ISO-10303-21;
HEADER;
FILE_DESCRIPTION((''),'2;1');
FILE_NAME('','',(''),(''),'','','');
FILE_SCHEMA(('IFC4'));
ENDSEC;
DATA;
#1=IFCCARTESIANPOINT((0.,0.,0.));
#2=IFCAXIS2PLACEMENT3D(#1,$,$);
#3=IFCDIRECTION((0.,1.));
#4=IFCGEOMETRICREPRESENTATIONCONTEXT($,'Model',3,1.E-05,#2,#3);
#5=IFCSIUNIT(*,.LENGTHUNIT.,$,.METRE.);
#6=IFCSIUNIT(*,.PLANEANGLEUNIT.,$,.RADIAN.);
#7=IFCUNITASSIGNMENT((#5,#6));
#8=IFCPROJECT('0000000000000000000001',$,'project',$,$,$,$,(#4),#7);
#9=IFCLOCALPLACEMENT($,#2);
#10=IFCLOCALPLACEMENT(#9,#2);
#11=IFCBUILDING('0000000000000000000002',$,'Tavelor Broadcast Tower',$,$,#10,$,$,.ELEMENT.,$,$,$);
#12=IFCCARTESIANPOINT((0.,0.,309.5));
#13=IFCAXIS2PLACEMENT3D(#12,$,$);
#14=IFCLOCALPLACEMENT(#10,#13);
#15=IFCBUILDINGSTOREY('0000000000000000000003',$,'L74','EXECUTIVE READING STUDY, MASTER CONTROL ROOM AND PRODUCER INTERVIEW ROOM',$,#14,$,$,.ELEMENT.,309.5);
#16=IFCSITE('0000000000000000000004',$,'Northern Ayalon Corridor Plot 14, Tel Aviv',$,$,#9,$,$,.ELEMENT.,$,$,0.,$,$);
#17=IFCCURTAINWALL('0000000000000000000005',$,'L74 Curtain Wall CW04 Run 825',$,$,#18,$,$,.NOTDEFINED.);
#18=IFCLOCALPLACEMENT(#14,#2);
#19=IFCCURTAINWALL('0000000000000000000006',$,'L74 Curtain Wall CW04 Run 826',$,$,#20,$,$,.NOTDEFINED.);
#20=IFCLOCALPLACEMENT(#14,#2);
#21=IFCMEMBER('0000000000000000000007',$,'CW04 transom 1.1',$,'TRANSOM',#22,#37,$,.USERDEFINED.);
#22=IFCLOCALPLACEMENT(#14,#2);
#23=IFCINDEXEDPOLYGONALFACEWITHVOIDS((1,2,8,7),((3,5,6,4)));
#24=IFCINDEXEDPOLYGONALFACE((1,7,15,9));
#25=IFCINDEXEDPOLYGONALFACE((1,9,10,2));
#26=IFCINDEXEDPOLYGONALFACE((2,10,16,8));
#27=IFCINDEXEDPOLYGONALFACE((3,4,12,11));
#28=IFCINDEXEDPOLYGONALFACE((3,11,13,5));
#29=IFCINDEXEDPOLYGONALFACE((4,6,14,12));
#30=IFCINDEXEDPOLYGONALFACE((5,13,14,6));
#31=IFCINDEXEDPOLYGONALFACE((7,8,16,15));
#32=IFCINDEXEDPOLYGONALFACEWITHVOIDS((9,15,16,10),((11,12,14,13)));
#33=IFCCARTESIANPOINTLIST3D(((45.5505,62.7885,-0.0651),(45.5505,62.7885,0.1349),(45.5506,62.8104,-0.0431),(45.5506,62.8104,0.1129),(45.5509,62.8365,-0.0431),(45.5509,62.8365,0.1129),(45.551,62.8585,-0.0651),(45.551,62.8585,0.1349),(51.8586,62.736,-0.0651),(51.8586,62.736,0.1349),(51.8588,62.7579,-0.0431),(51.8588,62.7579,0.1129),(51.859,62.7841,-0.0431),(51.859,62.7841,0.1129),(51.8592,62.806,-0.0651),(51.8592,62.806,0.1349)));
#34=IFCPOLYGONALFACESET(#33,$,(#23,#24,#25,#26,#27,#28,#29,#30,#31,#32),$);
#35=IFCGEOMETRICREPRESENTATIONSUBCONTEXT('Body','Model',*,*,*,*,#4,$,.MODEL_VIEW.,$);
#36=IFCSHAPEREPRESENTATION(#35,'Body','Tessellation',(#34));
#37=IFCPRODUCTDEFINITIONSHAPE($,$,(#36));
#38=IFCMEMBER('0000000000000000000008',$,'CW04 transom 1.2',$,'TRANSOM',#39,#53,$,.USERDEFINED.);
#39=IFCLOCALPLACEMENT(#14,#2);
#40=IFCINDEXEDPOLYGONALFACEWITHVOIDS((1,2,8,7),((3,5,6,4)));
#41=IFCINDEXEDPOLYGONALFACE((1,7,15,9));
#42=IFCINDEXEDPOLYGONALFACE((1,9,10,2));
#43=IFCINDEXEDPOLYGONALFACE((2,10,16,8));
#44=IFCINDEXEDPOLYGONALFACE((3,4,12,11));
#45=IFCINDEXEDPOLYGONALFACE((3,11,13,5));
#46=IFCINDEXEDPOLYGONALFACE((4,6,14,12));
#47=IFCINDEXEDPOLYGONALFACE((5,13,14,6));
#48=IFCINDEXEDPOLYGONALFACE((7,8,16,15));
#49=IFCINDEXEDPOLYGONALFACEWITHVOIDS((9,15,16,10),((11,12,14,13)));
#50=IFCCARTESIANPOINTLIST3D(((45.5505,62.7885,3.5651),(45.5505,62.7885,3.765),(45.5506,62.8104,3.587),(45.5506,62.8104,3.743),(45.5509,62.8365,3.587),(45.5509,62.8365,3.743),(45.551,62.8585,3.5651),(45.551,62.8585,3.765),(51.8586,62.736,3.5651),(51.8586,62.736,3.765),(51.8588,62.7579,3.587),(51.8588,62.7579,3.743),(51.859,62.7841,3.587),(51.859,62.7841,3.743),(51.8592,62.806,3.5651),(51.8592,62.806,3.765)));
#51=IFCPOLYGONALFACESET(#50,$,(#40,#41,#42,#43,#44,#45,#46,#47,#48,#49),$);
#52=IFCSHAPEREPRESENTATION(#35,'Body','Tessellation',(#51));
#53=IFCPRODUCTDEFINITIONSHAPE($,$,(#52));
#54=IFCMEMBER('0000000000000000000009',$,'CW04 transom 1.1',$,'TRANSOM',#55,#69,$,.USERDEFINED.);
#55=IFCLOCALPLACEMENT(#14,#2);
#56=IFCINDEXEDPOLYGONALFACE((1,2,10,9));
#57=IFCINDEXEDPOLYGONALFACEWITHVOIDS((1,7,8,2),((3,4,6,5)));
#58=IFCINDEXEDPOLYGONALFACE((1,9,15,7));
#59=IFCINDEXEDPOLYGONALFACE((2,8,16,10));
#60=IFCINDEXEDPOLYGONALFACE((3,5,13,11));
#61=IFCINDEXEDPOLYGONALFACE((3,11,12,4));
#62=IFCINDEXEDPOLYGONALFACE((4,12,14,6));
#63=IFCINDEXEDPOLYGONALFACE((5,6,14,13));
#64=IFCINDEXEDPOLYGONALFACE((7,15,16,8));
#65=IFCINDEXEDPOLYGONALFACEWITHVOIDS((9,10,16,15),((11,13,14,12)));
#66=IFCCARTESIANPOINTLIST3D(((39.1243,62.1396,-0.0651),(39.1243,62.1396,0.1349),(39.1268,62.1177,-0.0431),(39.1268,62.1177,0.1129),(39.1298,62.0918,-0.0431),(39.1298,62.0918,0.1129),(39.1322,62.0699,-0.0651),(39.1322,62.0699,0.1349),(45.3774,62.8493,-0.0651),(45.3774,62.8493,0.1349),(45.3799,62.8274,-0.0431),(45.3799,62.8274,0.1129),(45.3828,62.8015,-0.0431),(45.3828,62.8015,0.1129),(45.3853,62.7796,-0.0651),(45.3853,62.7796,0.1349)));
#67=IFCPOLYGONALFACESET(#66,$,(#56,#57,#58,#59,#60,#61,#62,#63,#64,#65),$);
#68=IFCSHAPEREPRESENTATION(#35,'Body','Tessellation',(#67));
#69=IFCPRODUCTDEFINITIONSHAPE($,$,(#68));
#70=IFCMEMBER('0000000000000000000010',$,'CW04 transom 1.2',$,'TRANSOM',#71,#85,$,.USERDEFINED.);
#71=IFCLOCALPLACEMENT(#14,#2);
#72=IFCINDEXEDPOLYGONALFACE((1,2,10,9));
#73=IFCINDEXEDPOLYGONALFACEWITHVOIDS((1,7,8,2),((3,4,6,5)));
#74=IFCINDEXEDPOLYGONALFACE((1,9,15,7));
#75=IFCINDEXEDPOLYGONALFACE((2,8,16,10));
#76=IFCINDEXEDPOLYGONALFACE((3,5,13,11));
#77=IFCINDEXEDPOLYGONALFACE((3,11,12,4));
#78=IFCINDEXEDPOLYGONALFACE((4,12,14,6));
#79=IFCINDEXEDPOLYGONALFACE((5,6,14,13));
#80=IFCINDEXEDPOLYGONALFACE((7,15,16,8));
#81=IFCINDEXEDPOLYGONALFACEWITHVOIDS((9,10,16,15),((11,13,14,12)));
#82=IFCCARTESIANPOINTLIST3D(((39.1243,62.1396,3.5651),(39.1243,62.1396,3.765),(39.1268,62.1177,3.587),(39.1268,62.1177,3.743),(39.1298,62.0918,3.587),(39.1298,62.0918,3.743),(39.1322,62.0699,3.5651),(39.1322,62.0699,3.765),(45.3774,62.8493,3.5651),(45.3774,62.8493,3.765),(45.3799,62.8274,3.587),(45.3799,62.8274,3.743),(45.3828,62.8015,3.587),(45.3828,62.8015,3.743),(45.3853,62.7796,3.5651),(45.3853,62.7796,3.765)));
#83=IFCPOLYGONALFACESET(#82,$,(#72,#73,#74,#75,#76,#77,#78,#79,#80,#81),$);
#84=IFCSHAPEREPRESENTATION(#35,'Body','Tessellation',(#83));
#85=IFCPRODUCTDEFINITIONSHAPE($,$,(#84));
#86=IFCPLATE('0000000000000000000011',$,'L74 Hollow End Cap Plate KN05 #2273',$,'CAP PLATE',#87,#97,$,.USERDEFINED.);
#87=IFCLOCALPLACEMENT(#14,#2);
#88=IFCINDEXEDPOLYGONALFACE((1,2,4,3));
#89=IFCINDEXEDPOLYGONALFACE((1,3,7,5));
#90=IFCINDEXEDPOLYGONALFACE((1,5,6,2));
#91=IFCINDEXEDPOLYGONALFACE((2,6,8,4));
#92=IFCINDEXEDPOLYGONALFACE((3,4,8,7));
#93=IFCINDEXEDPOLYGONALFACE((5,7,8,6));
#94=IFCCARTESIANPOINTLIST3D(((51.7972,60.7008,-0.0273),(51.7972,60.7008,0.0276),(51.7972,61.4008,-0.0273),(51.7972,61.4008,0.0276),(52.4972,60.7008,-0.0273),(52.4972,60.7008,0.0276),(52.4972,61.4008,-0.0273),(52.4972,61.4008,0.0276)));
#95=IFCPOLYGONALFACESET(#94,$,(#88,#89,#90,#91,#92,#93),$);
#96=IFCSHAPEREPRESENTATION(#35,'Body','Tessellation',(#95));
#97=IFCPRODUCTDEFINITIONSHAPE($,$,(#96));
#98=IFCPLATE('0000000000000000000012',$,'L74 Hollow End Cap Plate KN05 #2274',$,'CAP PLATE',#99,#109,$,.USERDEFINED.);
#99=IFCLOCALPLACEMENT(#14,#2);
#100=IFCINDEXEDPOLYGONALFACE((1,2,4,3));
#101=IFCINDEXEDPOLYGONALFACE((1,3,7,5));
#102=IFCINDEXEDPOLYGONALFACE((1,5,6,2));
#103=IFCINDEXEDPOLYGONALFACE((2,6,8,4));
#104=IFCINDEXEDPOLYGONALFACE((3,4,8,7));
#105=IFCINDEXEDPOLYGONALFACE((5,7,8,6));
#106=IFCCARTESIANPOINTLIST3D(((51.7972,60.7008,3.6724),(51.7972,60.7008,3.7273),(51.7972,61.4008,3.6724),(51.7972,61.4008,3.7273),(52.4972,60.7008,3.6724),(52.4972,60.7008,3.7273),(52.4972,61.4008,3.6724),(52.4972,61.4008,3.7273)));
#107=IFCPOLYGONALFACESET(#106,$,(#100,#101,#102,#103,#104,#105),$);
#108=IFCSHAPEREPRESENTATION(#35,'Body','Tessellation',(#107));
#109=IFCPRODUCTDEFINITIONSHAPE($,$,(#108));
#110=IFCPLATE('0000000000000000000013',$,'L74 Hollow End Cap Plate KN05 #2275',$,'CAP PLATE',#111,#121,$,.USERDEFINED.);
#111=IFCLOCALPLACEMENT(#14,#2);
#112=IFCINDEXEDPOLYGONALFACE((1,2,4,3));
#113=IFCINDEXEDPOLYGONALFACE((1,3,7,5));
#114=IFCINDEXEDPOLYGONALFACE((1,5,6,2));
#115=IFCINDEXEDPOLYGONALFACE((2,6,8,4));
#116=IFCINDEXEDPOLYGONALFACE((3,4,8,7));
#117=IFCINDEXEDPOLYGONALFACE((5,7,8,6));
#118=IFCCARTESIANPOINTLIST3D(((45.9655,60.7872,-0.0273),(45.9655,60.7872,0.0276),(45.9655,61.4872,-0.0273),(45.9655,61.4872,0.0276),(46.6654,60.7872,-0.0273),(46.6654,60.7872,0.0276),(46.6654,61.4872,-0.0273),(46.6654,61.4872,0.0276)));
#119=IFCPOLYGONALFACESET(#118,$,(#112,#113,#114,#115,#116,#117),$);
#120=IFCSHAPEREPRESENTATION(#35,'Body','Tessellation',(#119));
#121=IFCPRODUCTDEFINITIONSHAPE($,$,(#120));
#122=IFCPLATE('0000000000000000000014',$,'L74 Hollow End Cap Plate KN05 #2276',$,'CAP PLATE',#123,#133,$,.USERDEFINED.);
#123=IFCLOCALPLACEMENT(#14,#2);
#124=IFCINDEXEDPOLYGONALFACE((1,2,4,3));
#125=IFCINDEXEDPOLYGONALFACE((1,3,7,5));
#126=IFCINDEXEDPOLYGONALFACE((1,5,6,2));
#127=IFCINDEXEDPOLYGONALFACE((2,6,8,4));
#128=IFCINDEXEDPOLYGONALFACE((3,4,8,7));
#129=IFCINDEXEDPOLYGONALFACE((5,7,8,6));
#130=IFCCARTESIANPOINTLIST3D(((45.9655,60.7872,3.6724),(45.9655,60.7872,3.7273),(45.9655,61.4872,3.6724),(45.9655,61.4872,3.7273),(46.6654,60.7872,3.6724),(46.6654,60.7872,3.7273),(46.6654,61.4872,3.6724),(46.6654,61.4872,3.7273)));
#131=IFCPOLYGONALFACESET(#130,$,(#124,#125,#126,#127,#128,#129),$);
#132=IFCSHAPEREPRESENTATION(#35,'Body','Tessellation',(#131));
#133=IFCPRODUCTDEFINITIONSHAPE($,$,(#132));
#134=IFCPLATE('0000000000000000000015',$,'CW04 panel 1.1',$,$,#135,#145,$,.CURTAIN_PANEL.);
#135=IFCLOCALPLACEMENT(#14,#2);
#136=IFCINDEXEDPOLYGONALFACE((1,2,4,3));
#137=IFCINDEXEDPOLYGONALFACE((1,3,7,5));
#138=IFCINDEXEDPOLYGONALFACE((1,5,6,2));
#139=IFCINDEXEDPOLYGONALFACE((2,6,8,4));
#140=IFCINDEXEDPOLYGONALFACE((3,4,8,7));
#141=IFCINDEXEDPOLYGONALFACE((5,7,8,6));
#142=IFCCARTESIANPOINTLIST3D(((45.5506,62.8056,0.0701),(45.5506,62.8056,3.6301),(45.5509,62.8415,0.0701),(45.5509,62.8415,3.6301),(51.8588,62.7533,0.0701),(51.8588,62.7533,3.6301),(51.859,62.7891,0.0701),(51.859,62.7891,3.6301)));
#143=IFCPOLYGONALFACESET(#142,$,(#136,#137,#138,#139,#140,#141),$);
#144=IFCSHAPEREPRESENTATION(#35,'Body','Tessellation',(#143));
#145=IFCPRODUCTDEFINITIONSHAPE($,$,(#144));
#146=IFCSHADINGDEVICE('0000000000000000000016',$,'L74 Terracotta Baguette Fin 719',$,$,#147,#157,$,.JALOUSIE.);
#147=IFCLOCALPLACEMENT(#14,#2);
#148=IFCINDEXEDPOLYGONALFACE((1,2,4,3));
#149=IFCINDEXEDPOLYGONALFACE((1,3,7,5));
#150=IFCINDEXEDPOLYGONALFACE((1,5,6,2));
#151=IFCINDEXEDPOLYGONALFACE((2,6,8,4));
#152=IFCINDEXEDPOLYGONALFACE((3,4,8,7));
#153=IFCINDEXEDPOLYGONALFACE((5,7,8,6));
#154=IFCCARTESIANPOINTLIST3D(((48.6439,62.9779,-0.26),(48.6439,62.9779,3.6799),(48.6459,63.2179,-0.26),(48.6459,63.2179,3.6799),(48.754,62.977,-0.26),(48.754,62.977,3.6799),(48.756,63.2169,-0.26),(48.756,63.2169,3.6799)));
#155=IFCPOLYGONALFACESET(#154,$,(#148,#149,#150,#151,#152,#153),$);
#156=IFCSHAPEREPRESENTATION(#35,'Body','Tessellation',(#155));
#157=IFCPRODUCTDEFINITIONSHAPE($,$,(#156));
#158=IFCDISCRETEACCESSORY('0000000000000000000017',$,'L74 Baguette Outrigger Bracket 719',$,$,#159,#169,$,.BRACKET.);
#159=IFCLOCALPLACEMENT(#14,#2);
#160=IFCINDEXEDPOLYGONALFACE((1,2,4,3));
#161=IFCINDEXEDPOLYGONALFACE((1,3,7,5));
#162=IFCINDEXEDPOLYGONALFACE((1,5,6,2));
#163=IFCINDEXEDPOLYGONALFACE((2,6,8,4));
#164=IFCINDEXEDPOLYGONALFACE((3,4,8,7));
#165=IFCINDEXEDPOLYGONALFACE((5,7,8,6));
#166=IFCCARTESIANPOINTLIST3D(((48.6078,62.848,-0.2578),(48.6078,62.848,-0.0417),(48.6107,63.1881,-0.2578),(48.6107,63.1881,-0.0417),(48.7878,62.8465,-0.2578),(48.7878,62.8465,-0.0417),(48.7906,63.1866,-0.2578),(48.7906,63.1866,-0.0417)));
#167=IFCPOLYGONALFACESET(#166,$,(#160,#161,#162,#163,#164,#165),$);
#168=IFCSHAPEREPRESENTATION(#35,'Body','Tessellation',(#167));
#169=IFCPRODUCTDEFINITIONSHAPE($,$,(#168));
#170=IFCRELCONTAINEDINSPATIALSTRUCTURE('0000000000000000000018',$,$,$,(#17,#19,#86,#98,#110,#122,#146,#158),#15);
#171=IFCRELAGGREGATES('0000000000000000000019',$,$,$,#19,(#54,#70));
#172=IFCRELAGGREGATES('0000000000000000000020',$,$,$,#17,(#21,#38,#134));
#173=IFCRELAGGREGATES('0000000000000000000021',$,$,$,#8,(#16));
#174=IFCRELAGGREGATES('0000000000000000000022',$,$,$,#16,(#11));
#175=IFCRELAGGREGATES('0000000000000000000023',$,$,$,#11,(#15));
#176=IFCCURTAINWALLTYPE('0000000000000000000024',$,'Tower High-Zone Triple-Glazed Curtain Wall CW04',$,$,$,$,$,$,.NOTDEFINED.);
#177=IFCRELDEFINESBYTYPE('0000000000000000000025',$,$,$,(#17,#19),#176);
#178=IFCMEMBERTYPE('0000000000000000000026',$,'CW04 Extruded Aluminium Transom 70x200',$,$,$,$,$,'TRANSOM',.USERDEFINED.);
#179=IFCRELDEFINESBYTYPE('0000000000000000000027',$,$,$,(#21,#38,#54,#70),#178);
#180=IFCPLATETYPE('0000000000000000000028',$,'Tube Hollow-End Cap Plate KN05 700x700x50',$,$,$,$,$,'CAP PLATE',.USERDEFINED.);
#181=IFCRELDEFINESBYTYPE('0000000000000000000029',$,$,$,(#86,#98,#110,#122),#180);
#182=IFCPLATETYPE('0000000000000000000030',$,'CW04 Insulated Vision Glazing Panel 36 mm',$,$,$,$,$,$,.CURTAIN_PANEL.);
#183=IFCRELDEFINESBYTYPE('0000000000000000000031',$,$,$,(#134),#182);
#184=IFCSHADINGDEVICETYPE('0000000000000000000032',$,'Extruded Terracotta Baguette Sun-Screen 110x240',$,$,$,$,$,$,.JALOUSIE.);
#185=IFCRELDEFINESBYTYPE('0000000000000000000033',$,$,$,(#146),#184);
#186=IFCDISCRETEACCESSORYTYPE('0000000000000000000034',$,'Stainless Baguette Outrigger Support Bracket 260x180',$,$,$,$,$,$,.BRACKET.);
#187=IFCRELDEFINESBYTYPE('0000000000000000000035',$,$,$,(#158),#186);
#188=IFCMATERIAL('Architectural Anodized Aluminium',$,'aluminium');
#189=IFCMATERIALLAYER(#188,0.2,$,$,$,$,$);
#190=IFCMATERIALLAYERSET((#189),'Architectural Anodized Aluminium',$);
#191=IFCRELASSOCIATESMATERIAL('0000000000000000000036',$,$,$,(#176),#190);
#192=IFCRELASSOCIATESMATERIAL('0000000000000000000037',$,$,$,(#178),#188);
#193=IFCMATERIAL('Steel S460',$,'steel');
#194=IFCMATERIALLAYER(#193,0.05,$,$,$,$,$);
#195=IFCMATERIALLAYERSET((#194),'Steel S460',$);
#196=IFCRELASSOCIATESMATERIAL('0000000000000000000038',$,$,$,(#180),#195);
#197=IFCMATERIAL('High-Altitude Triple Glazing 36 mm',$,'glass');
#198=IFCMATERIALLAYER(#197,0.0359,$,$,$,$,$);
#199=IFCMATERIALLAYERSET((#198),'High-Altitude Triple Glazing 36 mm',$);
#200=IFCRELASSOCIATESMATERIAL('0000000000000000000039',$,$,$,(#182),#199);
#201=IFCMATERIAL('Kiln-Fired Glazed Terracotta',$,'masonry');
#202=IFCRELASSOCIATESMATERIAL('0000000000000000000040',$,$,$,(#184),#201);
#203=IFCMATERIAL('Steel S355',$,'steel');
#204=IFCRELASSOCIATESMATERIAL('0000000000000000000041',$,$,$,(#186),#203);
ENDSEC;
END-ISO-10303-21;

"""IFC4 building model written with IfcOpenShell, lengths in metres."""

from ifc_helpers import new_model, si_unit, direction, frame, origin, origin_2d, place, context, subcontext, project, spatial, rectangle, hollow_rectangle, extrude, source, transform, mapped, material, layer, layer_set, material_profile, profile_set, type_object, type_shapes, element, aggregate, save


model = new_model("IFC4")

# Units and contexts
model_context = context("Model", 3, precision=1e-05, world=origin(), true_north=direction((0.0, 1.0)))
body_context = subcontext(model_context, "Body", "Model", "MODEL_VIEW")
ifc_project = project(units=[si_unit("LENGTHUNIT", "METRE"), si_unit("PLANEANGLEUNIT", "RADIAN")], contexts=[model_context])

# Site, building, storey
site_placement = place(None, origin())
site = spatial("IfcSite", under=ifc_project, at=site_placement, Name="Northern Ayalon Corridor Plot 14, Tel Aviv", CompositionType="ELEMENT", RefElevation=0.0)
building_placement = place(site_placement, origin())
building = spatial("IfcBuilding", under=site, at=building_placement, Name="Tavelor Broadcast Tower", CompositionType="ELEMENT")
storey_placement = place(building_placement, frame((0.0, 0.0, 309.5)))
storey = spatial("IfcBuildingStorey", under=building, at=storey_placement, Name="L74", Description="EXECUTIVE READING STUDY, MASTER CONTROL ROOM AND PRODUCER INTERVIEW ROOM", CompositionType="ELEMENT", Elevation=309.5)

# Shared definitions
ifc_material_1 = material(Name="Steel S460", Category="steel")

# Shared definitions
ifc_material_2 = material(Name="Steel S355", Category="steel")

# Curtain wall
ifc_material_3 = material(Name="Architectural Anodized Aluminium", Category="aluminium")
ifc_layer_1 = layer(ifc_material_3, 0.2)
ifc_layer_set_1 = layer_set([ifc_layer_1], Name="Architectural Anodized Aluminium")
curtain_wall_type = type_object("IfcCurtainWallType", Name="Tower High-Zone Triple-Glazed Curtain Wall CW04", PredefinedType="NOTDEFINED", material=ifc_layer_set_1)
curtain_wall_1_placement = place(storey_placement, origin())
curtain_wall_1 = element("IfcCurtainWall", 1, at=curtain_wall_1_placement, inside=storey, type_object=curtain_wall_type, Name="L74 Curtain Wall CW04 Run 825", PredefinedType="NOTDEFINED")

# Curtain wall
curtain_wall_2_placement = place(storey_placement, origin())
curtain_wall_2 = element("IfcCurtainWall", 2, at=curtain_wall_2_placement, inside=storey, type_object=curtain_wall_type, Name="L74 Curtain Wall CW04 Run 826", PredefinedType="NOTDEFINED")

# Members
ifc_material_profile_1 = material_profile(ifc_material_3, hollow_rectangle(XDim=0.0701, YDim=0.2, WallThickness=0.022, at=origin_2d()), Name="RHS 70x200x22")
ifc_profile_set_1 = profile_set([ifc_material_profile_1], Name="Architectural Anodized Aluminium")
member_type_1 = type_object("IfcMemberType", Name="CW04 Extruded Aluminium Transom 70x200", ElementType="TRANSOM", PredefinedType="USERDEFINED", material=ifc_profile_set_1)
shared_shape_1 = source(origin(), body_context, "Body", "SweptSolid", [
    extrude(hollow_rectangle(XDim=0.0701, YDim=0.2, WallThickness=0.022, at=origin_2d()), origin(), (0.0, 0.0, 1.0), 6.3083),
])
member_1_placement = place(storey_placement, frame((51.8589, 62.771, 0.0349), z_axis=(-0.999965, 0.008321, 0.0), x_axis=(-0.008321, -0.999965, 0.0)))
member_1 = element("IfcMember", 3, at=member_1_placement, type_object=member_type_1, Name="CW04 transom 1.1", ObjectType="TRANSOM", PredefinedType="USERDEFINED", context=body_context, shape_type="MappedRepresentation", body=[
    mapped(shared_shape_1, transform((0.0, 0.0, 0.0), scale=1.0)),
])
member_2_placement = place(storey_placement, frame((51.8589, 62.771, 3.665), z_axis=(-0.999965, 0.008321, 0.0), x_axis=(-0.008321, -0.999965, 0.0)))
member_2 = element("IfcMember", 4, at=member_2_placement, type_object=member_type_1, Name="CW04 transom 1.2", ObjectType="TRANSOM", PredefinedType="USERDEFINED", context=body_context, shape_type="MappedRepresentation", body=[
    mapped(shared_shape_1, transform((0.0, 0.0, 0.0), scale=1.0)),
])
shared_shape_2 = source(origin(), body_context, "Body", "SweptSolid", [
    extrude(hollow_rectangle(XDim=0.0701, YDim=0.2, WallThickness=0.022, at=origin_2d()), origin(), (0.0, 0.0, 1.0), 6.2932),
])
type_shapes(member_type_1, [shared_shape_1, shared_shape_2])
member_3_placement = place(storey_placement, frame((45.3813, 62.8145, 0.0349), z_axis=(-0.993621, -0.112773, 0.0), x_axis=(0.112773, -0.993621, 0.0)))
member_3 = element("IfcMember", 5, at=member_3_placement, type_object=member_type_1, Name="CW04 transom 1.1", ObjectType="TRANSOM", PredefinedType="USERDEFINED", context=body_context, shape_type="MappedRepresentation", body=[
    mapped(shared_shape_2, transform((0.0, 0.0, 0.0), scale=1.0)),
])
member_4_placement = place(storey_placement, frame((45.3813, 62.8145, 3.665), z_axis=(-0.993621, -0.112773, 0.0), x_axis=(0.112773, -0.993621, 0.0)))
member_4 = element("IfcMember", 6, at=member_4_placement, type_object=member_type_1, Name="CW04 transom 1.2", ObjectType="TRANSOM", PredefinedType="USERDEFINED", context=body_context, shape_type="MappedRepresentation", body=[
    mapped(shared_shape_2, transform((0.0, 0.0, 0.0), scale=1.0)),
])
aggregate(curtain_wall_2, [member_3, member_4])

# Plates
ifc_layer_2 = layer(ifc_material_1, 0.05)
ifc_layer_set_2 = layer_set([ifc_layer_2], Name="Steel S460")
plate_type_1 = type_object("IfcPlateType", Name="Tube Hollow-End Cap Plate KN05 700x700x50", ElementType="CAP PLATE", PredefinedType="USERDEFINED", material=ifc_layer_set_2)
shared_shape_3 = source(origin(), body_context, "Body", "SweptSolid", [
    extrude(rectangle(XDim=0.7, YDim=0.7, at=origin_2d()), origin(), (0.0, 0.0, 1.0), 0.0549),
])
type_shapes(plate_type_1, [shared_shape_3])
for number, where, z_axis, x_axis, name in (
    (7, (52.1472, 61.0508, -0.0273), (0.0, 0.0, 1.0), (1.0, 0.0, 0.0), "L74 Hollow End Cap Plate KN05 #2273"),
    (8, (52.1472, 61.0508, 3.6724), (0.0, 0.0, 1.0), (1.0, 0.0, 0.0), "L74 Hollow End Cap Plate KN05 #2274"),
    (9, (46.3154, 61.1372, -0.0273), (0.0, 0.0, 1.0), (1.0, 0.0, 0.0), "L74 Hollow End Cap Plate KN05 #2275"),
    (10, (46.3154, 61.1372, 3.6724), (0.0, 0.0, 1.0), (1.0, 0.0, 0.0), "L74 Hollow End Cap Plate KN05 #2276"),
):
    element("IfcPlate", number, at=place(storey_placement, frame(where, z_axis=z_axis, x_axis=x_axis)), inside=storey, type_object=plate_type_1, Name=name, ObjectType="CAP PLATE", PredefinedType="USERDEFINED", context=body_context, shape_type="MappedRepresentation", body=[
        mapped(shared_shape_3, transform((0.0, 0.0, 0.0), scale=1.0)),
    ])

# Plate
ifc_material_4 = material(Name="High-Altitude Triple Glazing 36 mm", Category="glass")
ifc_layer_3 = layer(ifc_material_4, 0.0359)
ifc_layer_set_3 = layer_set([ifc_layer_3], Name="High-Altitude Triple Glazing 36 mm")
plate_type_2 = type_object("IfcPlateType", Name="CW04 Insulated Vision Glazing Panel 36 mm", PredefinedType="CURTAIN_PANEL", material=ifc_layer_set_3)
shared_shape_4 = source(origin(), body_context, "Body", "SweptSolid", [
    extrude(rectangle(XDim=6.3083, YDim=0.0359, at=origin_2d()), origin(), (0.0, 0.0, 1.0), 3.5601),
])
type_shapes(plate_type_2, [shared_shape_4])
plate_placement = place(storey_placement, frame((48.7048, 62.7974, 0.0701), z_axis=(0.0, 0.0, 1.0), x_axis=(-0.999966, 0.008297, 0.0)))
plate = element("IfcPlate", 11, at=plate_placement, type_object=plate_type_2, Name="CW04 panel 1.1", PredefinedType="CURTAIN_PANEL", context=body_context, shape_type="MappedRepresentation", body=[
    mapped(shared_shape_4, transform((0.0, 0.0, 0.0), scale=1.0)),
])
aggregate(curtain_wall_1, [member_1, member_2, plate])

# Shading device
ifc_material_5 = material(Name="Kiln-Fired Glazed Terracotta", Category="masonry")
shading_device_type = type_object("IfcShadingDeviceType", Name="Extruded Terracotta Baguette Sun-Screen 110x240", PredefinedType="JALOUSIE", material=ifc_material_5)
shared_shape_5 = source(origin(), body_context, "Body", "SweptSolid", [
    extrude(rectangle(XDim=0.1101, YDim=0.24, at=origin_2d()), origin(), (0.0, 0.0, 1.0), 3.9399),
])
type_shapes(shading_device_type, [shared_shape_5])
shading_device_placement = place(storey_placement, frame((48.7, 63.0974, -0.26), z_axis=(0.0, 0.0, 1.0), x_axis=(-0.999965, 0.008377, 0.0)))
element("IfcShadingDevice", 12, at=shading_device_placement, inside=storey, type_object=shading_device_type, Name="L74 Terracotta Baguette Fin 719", PredefinedType="JALOUSIE", context=body_context, shape_type="MappedRepresentation", body=[
    mapped(shared_shape_5, transform((0.0, 0.0, 0.0), scale=1.0)),
])

# Discrete accessory
discrete_accessory_type = type_object("IfcDiscreteAccessoryType", Name="Stainless Baguette Outrigger Support Bracket 260x180", PredefinedType="BRACKET", material=ifc_material_2)
shared_shape_6 = source(origin(), body_context, "Body", "SweptSolid", [
    extrude(rectangle(XDim=0.1799, YDim=0.3401, at=origin_2d()), origin(), (0.0, 0.0, 1.0), 0.2161),
])
type_shapes(discrete_accessory_type, [shared_shape_6])
discrete_accessory_placement = place(storey_placement, frame((48.6992, 63.0173, -0.2578), z_axis=(0.0, 0.0, 1.0), x_axis=(-0.999965, 0.008377, 0.0)))
element("IfcDiscreteAccessory", 13, at=discrete_accessory_placement, inside=storey, type_object=discrete_accessory_type, Name="L74 Baguette Outrigger Bracket 719", PredefinedType="BRACKET", context=body_context, shape_type="MappedRepresentation", body=[
    mapped(shared_shape_6, transform((0.0, 0.0, 0.0), scale=1.0)),
])

save(model, "model.ifc")
